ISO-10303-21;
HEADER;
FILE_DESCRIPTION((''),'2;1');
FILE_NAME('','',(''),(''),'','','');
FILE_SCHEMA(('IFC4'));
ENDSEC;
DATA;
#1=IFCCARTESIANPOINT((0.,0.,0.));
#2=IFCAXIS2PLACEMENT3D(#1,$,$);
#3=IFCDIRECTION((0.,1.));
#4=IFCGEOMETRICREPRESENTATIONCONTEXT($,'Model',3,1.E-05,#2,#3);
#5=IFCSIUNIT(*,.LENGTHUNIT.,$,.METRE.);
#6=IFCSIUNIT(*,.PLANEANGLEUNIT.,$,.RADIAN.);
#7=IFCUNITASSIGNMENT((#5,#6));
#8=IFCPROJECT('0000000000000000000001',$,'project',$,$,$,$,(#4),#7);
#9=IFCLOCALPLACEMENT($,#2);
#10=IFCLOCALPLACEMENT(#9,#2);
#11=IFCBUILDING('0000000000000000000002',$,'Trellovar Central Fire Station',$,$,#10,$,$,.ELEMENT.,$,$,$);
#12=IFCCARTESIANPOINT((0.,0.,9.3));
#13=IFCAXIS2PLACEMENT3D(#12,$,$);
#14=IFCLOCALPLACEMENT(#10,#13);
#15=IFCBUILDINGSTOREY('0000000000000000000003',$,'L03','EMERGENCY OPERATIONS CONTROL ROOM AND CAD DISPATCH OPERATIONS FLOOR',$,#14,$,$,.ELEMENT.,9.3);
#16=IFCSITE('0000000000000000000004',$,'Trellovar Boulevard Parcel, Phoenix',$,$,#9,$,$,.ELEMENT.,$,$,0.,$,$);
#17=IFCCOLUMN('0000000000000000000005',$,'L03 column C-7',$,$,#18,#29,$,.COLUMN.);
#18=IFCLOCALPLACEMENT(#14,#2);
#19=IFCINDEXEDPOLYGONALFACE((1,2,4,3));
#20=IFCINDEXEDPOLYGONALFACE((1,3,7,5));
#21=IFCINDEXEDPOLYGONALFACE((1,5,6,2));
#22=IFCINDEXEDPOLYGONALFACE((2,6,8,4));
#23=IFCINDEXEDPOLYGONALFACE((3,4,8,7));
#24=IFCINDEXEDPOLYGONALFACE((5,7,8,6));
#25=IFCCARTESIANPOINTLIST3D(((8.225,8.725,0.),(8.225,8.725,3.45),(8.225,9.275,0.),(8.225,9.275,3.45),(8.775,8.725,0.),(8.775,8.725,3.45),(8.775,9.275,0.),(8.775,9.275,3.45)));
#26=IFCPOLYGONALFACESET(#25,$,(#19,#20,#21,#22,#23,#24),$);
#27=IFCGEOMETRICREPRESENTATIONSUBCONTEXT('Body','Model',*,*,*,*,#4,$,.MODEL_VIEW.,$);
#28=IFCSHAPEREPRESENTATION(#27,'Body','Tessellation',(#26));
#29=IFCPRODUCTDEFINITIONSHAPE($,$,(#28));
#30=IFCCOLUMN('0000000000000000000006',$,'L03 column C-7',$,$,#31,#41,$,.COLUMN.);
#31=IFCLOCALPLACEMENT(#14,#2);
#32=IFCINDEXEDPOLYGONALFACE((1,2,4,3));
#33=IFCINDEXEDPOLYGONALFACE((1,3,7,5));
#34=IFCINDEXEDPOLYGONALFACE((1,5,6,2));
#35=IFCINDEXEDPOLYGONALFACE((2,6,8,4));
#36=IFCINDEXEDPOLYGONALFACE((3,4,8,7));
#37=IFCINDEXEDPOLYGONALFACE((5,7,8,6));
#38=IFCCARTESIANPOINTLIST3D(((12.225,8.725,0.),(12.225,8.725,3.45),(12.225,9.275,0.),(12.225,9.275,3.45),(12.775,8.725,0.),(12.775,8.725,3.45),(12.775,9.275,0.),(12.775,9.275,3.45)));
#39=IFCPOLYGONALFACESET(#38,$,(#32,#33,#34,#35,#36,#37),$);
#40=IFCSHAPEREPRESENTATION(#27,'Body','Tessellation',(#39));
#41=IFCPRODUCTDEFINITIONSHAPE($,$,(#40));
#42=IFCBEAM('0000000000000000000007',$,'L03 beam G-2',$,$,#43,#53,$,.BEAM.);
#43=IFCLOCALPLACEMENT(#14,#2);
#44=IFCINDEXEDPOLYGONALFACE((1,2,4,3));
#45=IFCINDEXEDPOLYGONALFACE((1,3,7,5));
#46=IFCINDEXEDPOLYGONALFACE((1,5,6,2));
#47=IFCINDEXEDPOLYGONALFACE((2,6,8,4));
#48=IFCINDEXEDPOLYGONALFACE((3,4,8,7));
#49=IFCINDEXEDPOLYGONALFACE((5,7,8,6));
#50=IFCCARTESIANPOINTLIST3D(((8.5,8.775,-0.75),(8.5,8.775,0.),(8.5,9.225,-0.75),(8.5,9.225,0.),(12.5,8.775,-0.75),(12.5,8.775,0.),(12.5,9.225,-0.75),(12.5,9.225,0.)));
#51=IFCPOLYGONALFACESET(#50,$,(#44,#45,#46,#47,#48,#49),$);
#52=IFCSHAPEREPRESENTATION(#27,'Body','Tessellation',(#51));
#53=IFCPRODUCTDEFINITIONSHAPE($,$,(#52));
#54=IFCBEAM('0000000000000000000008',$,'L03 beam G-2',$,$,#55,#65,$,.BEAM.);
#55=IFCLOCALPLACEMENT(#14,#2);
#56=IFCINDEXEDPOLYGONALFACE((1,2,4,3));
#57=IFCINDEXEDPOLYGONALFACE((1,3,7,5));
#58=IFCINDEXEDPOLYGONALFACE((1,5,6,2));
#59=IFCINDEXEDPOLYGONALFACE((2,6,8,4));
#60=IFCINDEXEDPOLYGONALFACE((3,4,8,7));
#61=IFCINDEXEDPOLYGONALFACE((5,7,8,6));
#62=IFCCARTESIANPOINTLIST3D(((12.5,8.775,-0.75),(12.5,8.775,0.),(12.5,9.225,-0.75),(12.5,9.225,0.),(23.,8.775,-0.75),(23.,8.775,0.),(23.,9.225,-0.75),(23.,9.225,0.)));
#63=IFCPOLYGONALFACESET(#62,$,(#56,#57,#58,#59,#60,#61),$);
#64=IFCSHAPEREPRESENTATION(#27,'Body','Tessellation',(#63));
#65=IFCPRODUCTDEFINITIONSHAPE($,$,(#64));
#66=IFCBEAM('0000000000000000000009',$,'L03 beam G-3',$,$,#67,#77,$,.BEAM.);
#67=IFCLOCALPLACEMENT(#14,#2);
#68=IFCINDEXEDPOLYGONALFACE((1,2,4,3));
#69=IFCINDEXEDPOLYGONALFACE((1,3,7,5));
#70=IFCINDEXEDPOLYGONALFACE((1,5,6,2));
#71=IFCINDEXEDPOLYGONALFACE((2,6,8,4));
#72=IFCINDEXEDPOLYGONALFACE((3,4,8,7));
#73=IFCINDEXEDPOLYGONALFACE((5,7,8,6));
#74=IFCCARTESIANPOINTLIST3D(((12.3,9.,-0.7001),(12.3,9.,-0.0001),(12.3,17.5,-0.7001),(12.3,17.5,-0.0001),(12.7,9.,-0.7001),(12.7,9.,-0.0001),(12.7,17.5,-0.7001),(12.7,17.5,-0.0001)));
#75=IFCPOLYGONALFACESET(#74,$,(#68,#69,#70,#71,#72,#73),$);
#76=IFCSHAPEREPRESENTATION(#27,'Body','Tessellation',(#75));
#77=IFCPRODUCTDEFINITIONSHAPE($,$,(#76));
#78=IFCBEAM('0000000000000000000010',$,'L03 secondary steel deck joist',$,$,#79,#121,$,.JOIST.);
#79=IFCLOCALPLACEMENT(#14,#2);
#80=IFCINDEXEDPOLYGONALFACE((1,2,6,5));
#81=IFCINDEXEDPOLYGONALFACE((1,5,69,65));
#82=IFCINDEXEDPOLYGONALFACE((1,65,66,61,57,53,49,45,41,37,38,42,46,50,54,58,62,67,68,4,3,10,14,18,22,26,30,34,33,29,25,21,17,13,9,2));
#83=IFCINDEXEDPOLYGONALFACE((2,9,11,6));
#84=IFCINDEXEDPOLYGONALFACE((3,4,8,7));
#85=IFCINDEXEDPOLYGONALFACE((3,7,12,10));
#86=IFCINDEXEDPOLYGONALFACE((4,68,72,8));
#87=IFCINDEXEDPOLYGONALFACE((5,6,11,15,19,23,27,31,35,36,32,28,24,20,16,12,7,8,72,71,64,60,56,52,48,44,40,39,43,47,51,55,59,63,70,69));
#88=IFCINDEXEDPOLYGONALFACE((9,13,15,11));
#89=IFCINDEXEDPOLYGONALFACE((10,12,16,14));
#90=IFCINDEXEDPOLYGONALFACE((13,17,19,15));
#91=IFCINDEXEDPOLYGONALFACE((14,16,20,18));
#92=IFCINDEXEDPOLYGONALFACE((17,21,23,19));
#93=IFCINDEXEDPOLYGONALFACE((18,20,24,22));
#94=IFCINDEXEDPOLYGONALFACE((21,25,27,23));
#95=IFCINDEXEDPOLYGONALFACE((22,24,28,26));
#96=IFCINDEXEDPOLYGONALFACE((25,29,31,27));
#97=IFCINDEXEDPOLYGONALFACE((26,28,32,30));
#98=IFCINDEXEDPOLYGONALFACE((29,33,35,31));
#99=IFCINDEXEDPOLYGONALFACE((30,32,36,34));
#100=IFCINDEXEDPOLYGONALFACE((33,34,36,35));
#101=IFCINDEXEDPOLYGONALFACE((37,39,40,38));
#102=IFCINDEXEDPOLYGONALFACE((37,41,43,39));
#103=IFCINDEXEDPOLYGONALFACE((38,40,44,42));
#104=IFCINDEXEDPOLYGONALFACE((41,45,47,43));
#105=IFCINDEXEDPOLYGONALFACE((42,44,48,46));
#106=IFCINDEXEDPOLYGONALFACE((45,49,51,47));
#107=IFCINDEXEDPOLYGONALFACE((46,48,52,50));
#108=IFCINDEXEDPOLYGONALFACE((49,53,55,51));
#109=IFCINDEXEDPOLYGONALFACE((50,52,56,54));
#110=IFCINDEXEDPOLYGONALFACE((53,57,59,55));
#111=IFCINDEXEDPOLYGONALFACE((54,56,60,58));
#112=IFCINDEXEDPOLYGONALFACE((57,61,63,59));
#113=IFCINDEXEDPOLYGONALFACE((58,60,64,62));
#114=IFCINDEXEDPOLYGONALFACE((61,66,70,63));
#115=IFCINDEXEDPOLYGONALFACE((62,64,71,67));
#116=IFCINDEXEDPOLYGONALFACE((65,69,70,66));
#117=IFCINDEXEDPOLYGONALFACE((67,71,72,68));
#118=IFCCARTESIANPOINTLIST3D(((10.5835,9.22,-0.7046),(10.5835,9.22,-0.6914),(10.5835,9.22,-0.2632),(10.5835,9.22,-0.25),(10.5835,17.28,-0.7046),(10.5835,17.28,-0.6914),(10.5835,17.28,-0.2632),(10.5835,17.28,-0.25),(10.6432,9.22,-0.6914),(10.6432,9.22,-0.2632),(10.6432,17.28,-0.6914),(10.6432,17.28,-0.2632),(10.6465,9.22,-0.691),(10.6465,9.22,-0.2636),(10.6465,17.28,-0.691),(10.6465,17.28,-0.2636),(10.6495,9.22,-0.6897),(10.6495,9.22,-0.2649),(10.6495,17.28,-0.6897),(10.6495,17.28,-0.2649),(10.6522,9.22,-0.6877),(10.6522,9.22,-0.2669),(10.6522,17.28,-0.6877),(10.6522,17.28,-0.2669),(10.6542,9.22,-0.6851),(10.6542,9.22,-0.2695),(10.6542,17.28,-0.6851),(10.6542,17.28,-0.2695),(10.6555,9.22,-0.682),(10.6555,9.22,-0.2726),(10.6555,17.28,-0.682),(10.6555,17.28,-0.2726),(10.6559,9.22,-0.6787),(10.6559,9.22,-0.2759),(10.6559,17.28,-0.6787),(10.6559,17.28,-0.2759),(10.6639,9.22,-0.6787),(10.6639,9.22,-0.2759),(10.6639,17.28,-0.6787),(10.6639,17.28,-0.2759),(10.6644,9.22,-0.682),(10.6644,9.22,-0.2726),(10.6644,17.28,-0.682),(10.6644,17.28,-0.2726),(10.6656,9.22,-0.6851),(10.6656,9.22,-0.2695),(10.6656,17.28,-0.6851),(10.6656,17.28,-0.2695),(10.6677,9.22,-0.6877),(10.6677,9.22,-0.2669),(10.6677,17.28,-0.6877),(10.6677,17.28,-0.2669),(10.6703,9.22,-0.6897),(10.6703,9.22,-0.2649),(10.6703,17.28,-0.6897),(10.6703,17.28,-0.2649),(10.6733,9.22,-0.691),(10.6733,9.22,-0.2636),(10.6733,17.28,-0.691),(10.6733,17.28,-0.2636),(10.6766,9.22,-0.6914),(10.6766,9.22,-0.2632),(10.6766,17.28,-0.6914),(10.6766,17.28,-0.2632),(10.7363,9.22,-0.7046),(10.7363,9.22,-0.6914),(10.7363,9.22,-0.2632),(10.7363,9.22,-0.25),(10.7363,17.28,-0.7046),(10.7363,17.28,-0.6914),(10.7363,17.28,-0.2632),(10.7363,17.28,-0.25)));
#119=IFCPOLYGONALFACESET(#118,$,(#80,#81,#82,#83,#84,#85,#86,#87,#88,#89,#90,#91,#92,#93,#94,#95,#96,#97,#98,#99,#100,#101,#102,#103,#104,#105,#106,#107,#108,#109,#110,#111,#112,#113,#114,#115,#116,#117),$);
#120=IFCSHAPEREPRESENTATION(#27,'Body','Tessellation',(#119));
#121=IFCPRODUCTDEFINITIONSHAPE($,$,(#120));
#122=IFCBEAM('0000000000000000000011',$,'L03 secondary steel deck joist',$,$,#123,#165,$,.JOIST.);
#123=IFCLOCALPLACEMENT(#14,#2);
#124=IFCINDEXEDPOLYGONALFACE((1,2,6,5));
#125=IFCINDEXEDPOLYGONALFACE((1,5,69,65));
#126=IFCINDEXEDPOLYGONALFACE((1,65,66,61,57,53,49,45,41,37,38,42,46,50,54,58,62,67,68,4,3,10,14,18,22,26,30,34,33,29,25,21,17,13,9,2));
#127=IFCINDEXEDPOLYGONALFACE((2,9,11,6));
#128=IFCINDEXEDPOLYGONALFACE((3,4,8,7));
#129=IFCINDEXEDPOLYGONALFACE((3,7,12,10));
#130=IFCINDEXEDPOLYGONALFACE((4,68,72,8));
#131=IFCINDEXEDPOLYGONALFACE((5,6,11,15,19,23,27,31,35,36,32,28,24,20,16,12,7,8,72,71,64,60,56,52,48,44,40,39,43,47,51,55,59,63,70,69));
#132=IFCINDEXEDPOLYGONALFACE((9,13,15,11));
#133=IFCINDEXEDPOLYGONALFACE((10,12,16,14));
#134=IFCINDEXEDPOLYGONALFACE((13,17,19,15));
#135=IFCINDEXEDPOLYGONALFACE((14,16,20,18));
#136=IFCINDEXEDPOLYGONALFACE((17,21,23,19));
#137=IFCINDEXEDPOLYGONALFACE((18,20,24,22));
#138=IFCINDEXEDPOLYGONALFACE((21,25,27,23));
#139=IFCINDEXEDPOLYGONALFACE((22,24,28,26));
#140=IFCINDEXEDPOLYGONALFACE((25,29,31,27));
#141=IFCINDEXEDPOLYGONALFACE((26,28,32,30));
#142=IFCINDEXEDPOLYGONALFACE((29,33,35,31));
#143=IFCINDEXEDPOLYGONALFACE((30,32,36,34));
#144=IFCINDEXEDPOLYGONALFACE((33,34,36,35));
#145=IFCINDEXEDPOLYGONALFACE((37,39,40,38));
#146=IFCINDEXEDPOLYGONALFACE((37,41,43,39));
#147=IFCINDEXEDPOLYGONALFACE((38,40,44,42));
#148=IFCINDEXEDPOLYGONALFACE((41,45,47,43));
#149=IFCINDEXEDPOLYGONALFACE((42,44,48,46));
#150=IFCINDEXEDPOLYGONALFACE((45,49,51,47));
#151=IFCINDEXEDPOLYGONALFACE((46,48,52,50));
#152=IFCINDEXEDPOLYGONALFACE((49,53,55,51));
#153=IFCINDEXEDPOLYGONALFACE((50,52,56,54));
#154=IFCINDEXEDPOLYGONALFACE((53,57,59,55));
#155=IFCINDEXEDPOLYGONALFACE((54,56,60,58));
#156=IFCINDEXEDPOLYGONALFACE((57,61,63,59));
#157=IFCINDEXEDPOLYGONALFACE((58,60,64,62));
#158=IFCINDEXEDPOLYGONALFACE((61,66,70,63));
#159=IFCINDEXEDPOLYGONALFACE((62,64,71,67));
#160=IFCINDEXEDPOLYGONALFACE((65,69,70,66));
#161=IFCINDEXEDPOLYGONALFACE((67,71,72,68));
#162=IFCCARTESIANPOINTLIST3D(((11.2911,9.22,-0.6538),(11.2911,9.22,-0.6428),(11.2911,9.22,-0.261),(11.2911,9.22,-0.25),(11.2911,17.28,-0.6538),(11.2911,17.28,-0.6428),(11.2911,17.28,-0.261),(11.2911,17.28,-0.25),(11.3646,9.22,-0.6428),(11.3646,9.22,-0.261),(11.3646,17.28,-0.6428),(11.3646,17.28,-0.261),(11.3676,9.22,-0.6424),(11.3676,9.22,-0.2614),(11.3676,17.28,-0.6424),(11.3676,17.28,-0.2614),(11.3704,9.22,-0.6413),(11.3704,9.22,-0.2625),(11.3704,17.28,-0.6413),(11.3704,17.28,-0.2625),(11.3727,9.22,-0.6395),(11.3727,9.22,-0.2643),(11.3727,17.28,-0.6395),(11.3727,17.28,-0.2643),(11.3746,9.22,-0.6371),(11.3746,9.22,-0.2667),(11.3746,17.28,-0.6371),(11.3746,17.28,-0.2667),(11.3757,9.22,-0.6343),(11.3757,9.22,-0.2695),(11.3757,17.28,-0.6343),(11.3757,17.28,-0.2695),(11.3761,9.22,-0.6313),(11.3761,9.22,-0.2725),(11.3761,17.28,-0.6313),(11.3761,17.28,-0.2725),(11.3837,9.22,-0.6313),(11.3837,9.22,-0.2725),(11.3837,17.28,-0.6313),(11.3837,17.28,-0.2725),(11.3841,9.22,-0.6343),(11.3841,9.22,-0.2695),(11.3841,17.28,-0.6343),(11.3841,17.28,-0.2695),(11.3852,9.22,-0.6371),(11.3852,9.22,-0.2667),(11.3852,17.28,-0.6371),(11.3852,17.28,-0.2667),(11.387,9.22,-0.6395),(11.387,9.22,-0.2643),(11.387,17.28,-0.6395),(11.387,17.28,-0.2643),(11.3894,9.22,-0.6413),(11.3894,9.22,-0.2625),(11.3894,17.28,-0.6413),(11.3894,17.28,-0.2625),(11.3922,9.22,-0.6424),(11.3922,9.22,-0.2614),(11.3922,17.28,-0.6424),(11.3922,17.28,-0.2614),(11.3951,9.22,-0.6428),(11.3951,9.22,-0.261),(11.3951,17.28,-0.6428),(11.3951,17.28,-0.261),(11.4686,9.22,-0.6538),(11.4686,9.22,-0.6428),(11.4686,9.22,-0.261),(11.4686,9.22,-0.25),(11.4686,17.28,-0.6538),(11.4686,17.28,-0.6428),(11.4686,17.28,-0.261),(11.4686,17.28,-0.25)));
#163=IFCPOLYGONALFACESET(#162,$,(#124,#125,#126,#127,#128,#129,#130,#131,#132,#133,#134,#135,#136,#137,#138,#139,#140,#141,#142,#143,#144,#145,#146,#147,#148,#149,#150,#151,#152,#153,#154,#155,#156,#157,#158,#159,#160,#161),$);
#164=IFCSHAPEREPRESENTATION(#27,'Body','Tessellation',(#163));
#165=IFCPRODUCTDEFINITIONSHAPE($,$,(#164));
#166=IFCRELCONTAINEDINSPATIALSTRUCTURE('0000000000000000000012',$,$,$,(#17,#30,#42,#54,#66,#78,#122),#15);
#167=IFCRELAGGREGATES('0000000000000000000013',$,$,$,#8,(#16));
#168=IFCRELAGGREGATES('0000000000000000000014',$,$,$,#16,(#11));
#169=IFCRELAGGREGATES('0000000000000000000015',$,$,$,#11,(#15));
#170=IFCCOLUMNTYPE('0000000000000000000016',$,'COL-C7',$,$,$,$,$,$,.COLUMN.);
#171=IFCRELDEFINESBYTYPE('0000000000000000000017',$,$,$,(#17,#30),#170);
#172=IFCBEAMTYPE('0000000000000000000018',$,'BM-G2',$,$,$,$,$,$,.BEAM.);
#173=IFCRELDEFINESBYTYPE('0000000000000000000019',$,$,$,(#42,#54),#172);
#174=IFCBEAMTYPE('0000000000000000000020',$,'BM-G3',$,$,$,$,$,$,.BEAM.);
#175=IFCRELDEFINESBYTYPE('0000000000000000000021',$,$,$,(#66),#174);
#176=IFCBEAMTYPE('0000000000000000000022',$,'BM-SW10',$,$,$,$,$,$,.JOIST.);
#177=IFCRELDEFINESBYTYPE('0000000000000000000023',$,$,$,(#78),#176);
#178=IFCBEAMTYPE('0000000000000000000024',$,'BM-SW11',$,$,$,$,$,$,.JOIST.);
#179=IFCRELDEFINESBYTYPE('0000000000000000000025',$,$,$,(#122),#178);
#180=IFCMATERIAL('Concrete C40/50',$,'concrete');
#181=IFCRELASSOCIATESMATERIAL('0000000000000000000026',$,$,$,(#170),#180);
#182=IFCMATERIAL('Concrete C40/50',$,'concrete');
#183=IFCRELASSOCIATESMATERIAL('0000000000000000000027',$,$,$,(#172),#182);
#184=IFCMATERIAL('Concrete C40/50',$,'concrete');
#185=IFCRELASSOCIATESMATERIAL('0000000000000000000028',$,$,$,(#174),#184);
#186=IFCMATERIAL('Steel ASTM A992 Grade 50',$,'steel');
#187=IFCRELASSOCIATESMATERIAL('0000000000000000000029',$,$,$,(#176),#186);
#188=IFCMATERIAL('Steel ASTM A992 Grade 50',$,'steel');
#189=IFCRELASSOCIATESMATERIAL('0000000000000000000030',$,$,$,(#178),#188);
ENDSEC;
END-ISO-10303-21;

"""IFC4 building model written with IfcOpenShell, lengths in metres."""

from ifc_helpers import new_model, si_unit, direction, frame, origin, origin_2d, place, context, subcontext, project, spatial, rectangle, i_section, extrude, material, material_profile, profile_set, type_object, element, save


model = new_model("IFC4")

# Units and contexts
model_context = context("Model", 3, precision=1e-05, world=origin(), true_north=direction((0.0, 1.0)))
body_context = subcontext(model_context, "Body", "Model", "MODEL_VIEW")
ifc_project = project(units=[si_unit("LENGTHUNIT", "METRE"), si_unit("PLANEANGLEUNIT", "RADIAN")], contexts=[model_context])

# Site, building, storey
site_placement = place(None, origin())
site = spatial("IfcSite", under=ifc_project, at=site_placement, Name="Trellovar Boulevard Parcel, Phoenix", CompositionType="ELEMENT", RefElevation=0.0)
building_placement = place(site_placement, origin())
building = spatial("IfcBuilding", under=site, at=building_placement, Name="Trellovar Central Fire Station", CompositionType="ELEMENT")
storey_placement = place(building_placement, frame((0.0, 0.0, 9.3)))
storey = spatial("IfcBuildingStorey", under=building, at=storey_placement, Name="L03", Description="EMERGENCY OPERATIONS CONTROL ROOM AND CAD DISPATCH OPERATIONS FLOOR", CompositionType="ELEMENT", Elevation=9.3)

# Columns
ifc_material_1 = material(Name="Concrete C40/50", Category="concrete")
ifc_material_profile_1 = material_profile(ifc_material_1, rectangle(XDim=0.55, YDim=0.55, at=origin_2d()), Name="RC550X550")
ifc_profile_set_1 = profile_set([ifc_material_profile_1], Name="Concrete C40/50")
column_type = type_object("IfcColumnType", Name="COL-C7", PredefinedType="COLUMN", material=ifc_profile_set_1)
for number, where, z_axis, x_axis, name in (
    (1, (8.5, 9.0, 0.0), (0.0, 0.0, 1.0), (1.0, 0.0, 0.0), "L03 column C-7"),
    (2, (12.5, 9.0, 0.0), (0.0, 0.0, 1.0), (1.0, 0.0, 0.0), "L03 column C-7"),
):
    element("IfcColumn", number, at=place(storey_placement, frame(where, z_axis=z_axis, x_axis=x_axis)), inside=storey, type_object=column_type, Name=name, PredefinedType="COLUMN", context=body_context, shape_type="SweptSolid", body=[
        extrude(rectangle(XDim=0.55, YDim=0.55, at=origin_2d()), origin(), (0.0, 0.0, 1.0), 3.45),
    ])

# Beams
ifc_material_2 = material(Name="Concrete C40/50", Category="concrete")
ifc_material_profile_2 = material_profile(ifc_material_2, rectangle(XDim=0.45, YDim=0.75, at=origin_2d()), Name="RC450X750")
ifc_profile_set_2 = profile_set([ifc_material_profile_2], Name="Concrete C40/50")
beam_type_1 = type_object("IfcBeamType", Name="BM-G2", PredefinedType="BEAM", material=ifc_profile_set_2)
beam_1_placement = place(storey_placement, frame((8.5, 9.0, -0.375), z_axis=(1.0, 0.0, 0.0), x_axis=(0.0, 1.0, 0.0)))
element("IfcBeam", 3, at=beam_1_placement, inside=storey, type_object=beam_type_1, Name="L03 beam G-2", PredefinedType="BEAM", context=body_context, shape_type="SweptSolid", body=[
    extrude(rectangle(XDim=0.45, YDim=0.75, at=origin_2d()), origin(), (0.0, 0.0, 1.0), 4.0),
])
beam_2_placement = place(storey_placement, frame((12.5, 9.0, -0.375), z_axis=(1.0, 0.0, 0.0), x_axis=(0.0, 1.0, 0.0)))
element("IfcBeam", 4, at=beam_2_placement, inside=storey, type_object=beam_type_1, Name="L03 beam G-2", PredefinedType="BEAM", context=body_context, shape_type="SweptSolid", body=[
    extrude(rectangle(XDim=0.45, YDim=0.75, at=origin_2d()), origin(), (0.0, 0.0, 1.0), 10.5),
])
ifc_material_3 = material(Name="Concrete C40/50", Category="concrete")
ifc_material_profile_3 = material_profile(ifc_material_3, rectangle(XDim=0.3999, YDim=0.7, at=origin_2d()), Name="RC400X700")
ifc_profile_set_3 = profile_set([ifc_material_profile_3], Name="Concrete C40/50")
beam_type_2 = type_object("IfcBeamType", Name="BM-G3", PredefinedType="BEAM", material=ifc_profile_set_3)
beam_3_placement = place(storey_placement, frame((12.5, 9.0, -0.3501), z_axis=(0.0, 1.0, 0.0), x_axis=(-1.0, 0.0, 0.0)))
element("IfcBeam", 5, at=beam_3_placement, inside=storey, type_object=beam_type_2, Name="L03 beam G-3", PredefinedType="BEAM", context=body_context, shape_type="SweptSolid", body=[
    extrude(rectangle(XDim=0.3999, YDim=0.7, at=origin_2d()), origin(), (0.0, 0.0, 1.0), 8.5),
])
ifc_material_4 = material(Name="Steel ASTM A992 Grade 50", Category="steel")
ifc_material_profile_4 = material_profile(ifc_material_4, i_section(OverallWidth=0.1528, OverallDepth=0.4546, WebThickness=0.0081, FlangeThickness=0.0132, FilletRadius=0.0127, at=origin_2d()), Name="W18X40")
ifc_profile_set_4 = profile_set([ifc_material_profile_4], Name="Steel ASTM A992 Grade 50")
beam_type_3 = type_object("IfcBeamType", Name="BM-SW10", PredefinedType="JOIST", material=ifc_profile_set_4)
beam_4_placement = place(storey_placement, frame((10.6599, 9.22, -0.4773), z_axis=(0.0, 1.0, 0.0), x_axis=(-1.0, 0.0, 0.0)))
element("IfcBeam", 6, at=beam_4_placement, inside=storey, type_object=beam_type_3, Name="L03 secondary steel deck joist", PredefinedType="JOIST", context=body_context, shape_type="SweptSolid", body=[
    extrude(i_section(OverallWidth=0.1528, OverallDepth=0.4546, WebThickness=0.0081, FlangeThickness=0.0132, FilletRadius=0.0127, at=origin_2d()), origin(), (0.0, 0.0, 1.0), 8.0601),
])
ifc_material_5 = material(Name="Steel ASTM A992 Grade 50", Category="steel")
ifc_material_profile_5 = material_profile(ifc_material_5, i_section(OverallWidth=0.1775, OverallDepth=0.4038, WebThickness=0.0076, FlangeThickness=0.011, FilletRadius=0.0115, at=origin_2d()), Name="W16X36")
ifc_profile_set_5 = profile_set([ifc_material_profile_5], Name="Steel ASTM A992 Grade 50")
beam_type_4 = type_object("IfcBeamType", Name="BM-SW11", PredefinedType="JOIST", material=ifc_profile_set_5)
beam_5_placement = place(storey_placement, frame((11.3799, 9.22, -0.4519), z_axis=(0.0, 1.0, 0.0), x_axis=(-1.0, 0.0, 0.0)))
element("IfcBeam", 7, at=beam_5_placement, inside=storey, type_object=beam_type_4, Name="L03 secondary steel deck joist", PredefinedType="JOIST", context=body_context, shape_type="SweptSolid", body=[
    extrude(i_section(OverallWidth=0.1775, OverallDepth=0.4038, WebThickness=0.0076, FlangeThickness=0.011, FilletRadius=0.0115, at=origin_2d()), origin(), (0.0, 0.0, 1.0), 8.0601),
])

save(model, "model.ifc")
